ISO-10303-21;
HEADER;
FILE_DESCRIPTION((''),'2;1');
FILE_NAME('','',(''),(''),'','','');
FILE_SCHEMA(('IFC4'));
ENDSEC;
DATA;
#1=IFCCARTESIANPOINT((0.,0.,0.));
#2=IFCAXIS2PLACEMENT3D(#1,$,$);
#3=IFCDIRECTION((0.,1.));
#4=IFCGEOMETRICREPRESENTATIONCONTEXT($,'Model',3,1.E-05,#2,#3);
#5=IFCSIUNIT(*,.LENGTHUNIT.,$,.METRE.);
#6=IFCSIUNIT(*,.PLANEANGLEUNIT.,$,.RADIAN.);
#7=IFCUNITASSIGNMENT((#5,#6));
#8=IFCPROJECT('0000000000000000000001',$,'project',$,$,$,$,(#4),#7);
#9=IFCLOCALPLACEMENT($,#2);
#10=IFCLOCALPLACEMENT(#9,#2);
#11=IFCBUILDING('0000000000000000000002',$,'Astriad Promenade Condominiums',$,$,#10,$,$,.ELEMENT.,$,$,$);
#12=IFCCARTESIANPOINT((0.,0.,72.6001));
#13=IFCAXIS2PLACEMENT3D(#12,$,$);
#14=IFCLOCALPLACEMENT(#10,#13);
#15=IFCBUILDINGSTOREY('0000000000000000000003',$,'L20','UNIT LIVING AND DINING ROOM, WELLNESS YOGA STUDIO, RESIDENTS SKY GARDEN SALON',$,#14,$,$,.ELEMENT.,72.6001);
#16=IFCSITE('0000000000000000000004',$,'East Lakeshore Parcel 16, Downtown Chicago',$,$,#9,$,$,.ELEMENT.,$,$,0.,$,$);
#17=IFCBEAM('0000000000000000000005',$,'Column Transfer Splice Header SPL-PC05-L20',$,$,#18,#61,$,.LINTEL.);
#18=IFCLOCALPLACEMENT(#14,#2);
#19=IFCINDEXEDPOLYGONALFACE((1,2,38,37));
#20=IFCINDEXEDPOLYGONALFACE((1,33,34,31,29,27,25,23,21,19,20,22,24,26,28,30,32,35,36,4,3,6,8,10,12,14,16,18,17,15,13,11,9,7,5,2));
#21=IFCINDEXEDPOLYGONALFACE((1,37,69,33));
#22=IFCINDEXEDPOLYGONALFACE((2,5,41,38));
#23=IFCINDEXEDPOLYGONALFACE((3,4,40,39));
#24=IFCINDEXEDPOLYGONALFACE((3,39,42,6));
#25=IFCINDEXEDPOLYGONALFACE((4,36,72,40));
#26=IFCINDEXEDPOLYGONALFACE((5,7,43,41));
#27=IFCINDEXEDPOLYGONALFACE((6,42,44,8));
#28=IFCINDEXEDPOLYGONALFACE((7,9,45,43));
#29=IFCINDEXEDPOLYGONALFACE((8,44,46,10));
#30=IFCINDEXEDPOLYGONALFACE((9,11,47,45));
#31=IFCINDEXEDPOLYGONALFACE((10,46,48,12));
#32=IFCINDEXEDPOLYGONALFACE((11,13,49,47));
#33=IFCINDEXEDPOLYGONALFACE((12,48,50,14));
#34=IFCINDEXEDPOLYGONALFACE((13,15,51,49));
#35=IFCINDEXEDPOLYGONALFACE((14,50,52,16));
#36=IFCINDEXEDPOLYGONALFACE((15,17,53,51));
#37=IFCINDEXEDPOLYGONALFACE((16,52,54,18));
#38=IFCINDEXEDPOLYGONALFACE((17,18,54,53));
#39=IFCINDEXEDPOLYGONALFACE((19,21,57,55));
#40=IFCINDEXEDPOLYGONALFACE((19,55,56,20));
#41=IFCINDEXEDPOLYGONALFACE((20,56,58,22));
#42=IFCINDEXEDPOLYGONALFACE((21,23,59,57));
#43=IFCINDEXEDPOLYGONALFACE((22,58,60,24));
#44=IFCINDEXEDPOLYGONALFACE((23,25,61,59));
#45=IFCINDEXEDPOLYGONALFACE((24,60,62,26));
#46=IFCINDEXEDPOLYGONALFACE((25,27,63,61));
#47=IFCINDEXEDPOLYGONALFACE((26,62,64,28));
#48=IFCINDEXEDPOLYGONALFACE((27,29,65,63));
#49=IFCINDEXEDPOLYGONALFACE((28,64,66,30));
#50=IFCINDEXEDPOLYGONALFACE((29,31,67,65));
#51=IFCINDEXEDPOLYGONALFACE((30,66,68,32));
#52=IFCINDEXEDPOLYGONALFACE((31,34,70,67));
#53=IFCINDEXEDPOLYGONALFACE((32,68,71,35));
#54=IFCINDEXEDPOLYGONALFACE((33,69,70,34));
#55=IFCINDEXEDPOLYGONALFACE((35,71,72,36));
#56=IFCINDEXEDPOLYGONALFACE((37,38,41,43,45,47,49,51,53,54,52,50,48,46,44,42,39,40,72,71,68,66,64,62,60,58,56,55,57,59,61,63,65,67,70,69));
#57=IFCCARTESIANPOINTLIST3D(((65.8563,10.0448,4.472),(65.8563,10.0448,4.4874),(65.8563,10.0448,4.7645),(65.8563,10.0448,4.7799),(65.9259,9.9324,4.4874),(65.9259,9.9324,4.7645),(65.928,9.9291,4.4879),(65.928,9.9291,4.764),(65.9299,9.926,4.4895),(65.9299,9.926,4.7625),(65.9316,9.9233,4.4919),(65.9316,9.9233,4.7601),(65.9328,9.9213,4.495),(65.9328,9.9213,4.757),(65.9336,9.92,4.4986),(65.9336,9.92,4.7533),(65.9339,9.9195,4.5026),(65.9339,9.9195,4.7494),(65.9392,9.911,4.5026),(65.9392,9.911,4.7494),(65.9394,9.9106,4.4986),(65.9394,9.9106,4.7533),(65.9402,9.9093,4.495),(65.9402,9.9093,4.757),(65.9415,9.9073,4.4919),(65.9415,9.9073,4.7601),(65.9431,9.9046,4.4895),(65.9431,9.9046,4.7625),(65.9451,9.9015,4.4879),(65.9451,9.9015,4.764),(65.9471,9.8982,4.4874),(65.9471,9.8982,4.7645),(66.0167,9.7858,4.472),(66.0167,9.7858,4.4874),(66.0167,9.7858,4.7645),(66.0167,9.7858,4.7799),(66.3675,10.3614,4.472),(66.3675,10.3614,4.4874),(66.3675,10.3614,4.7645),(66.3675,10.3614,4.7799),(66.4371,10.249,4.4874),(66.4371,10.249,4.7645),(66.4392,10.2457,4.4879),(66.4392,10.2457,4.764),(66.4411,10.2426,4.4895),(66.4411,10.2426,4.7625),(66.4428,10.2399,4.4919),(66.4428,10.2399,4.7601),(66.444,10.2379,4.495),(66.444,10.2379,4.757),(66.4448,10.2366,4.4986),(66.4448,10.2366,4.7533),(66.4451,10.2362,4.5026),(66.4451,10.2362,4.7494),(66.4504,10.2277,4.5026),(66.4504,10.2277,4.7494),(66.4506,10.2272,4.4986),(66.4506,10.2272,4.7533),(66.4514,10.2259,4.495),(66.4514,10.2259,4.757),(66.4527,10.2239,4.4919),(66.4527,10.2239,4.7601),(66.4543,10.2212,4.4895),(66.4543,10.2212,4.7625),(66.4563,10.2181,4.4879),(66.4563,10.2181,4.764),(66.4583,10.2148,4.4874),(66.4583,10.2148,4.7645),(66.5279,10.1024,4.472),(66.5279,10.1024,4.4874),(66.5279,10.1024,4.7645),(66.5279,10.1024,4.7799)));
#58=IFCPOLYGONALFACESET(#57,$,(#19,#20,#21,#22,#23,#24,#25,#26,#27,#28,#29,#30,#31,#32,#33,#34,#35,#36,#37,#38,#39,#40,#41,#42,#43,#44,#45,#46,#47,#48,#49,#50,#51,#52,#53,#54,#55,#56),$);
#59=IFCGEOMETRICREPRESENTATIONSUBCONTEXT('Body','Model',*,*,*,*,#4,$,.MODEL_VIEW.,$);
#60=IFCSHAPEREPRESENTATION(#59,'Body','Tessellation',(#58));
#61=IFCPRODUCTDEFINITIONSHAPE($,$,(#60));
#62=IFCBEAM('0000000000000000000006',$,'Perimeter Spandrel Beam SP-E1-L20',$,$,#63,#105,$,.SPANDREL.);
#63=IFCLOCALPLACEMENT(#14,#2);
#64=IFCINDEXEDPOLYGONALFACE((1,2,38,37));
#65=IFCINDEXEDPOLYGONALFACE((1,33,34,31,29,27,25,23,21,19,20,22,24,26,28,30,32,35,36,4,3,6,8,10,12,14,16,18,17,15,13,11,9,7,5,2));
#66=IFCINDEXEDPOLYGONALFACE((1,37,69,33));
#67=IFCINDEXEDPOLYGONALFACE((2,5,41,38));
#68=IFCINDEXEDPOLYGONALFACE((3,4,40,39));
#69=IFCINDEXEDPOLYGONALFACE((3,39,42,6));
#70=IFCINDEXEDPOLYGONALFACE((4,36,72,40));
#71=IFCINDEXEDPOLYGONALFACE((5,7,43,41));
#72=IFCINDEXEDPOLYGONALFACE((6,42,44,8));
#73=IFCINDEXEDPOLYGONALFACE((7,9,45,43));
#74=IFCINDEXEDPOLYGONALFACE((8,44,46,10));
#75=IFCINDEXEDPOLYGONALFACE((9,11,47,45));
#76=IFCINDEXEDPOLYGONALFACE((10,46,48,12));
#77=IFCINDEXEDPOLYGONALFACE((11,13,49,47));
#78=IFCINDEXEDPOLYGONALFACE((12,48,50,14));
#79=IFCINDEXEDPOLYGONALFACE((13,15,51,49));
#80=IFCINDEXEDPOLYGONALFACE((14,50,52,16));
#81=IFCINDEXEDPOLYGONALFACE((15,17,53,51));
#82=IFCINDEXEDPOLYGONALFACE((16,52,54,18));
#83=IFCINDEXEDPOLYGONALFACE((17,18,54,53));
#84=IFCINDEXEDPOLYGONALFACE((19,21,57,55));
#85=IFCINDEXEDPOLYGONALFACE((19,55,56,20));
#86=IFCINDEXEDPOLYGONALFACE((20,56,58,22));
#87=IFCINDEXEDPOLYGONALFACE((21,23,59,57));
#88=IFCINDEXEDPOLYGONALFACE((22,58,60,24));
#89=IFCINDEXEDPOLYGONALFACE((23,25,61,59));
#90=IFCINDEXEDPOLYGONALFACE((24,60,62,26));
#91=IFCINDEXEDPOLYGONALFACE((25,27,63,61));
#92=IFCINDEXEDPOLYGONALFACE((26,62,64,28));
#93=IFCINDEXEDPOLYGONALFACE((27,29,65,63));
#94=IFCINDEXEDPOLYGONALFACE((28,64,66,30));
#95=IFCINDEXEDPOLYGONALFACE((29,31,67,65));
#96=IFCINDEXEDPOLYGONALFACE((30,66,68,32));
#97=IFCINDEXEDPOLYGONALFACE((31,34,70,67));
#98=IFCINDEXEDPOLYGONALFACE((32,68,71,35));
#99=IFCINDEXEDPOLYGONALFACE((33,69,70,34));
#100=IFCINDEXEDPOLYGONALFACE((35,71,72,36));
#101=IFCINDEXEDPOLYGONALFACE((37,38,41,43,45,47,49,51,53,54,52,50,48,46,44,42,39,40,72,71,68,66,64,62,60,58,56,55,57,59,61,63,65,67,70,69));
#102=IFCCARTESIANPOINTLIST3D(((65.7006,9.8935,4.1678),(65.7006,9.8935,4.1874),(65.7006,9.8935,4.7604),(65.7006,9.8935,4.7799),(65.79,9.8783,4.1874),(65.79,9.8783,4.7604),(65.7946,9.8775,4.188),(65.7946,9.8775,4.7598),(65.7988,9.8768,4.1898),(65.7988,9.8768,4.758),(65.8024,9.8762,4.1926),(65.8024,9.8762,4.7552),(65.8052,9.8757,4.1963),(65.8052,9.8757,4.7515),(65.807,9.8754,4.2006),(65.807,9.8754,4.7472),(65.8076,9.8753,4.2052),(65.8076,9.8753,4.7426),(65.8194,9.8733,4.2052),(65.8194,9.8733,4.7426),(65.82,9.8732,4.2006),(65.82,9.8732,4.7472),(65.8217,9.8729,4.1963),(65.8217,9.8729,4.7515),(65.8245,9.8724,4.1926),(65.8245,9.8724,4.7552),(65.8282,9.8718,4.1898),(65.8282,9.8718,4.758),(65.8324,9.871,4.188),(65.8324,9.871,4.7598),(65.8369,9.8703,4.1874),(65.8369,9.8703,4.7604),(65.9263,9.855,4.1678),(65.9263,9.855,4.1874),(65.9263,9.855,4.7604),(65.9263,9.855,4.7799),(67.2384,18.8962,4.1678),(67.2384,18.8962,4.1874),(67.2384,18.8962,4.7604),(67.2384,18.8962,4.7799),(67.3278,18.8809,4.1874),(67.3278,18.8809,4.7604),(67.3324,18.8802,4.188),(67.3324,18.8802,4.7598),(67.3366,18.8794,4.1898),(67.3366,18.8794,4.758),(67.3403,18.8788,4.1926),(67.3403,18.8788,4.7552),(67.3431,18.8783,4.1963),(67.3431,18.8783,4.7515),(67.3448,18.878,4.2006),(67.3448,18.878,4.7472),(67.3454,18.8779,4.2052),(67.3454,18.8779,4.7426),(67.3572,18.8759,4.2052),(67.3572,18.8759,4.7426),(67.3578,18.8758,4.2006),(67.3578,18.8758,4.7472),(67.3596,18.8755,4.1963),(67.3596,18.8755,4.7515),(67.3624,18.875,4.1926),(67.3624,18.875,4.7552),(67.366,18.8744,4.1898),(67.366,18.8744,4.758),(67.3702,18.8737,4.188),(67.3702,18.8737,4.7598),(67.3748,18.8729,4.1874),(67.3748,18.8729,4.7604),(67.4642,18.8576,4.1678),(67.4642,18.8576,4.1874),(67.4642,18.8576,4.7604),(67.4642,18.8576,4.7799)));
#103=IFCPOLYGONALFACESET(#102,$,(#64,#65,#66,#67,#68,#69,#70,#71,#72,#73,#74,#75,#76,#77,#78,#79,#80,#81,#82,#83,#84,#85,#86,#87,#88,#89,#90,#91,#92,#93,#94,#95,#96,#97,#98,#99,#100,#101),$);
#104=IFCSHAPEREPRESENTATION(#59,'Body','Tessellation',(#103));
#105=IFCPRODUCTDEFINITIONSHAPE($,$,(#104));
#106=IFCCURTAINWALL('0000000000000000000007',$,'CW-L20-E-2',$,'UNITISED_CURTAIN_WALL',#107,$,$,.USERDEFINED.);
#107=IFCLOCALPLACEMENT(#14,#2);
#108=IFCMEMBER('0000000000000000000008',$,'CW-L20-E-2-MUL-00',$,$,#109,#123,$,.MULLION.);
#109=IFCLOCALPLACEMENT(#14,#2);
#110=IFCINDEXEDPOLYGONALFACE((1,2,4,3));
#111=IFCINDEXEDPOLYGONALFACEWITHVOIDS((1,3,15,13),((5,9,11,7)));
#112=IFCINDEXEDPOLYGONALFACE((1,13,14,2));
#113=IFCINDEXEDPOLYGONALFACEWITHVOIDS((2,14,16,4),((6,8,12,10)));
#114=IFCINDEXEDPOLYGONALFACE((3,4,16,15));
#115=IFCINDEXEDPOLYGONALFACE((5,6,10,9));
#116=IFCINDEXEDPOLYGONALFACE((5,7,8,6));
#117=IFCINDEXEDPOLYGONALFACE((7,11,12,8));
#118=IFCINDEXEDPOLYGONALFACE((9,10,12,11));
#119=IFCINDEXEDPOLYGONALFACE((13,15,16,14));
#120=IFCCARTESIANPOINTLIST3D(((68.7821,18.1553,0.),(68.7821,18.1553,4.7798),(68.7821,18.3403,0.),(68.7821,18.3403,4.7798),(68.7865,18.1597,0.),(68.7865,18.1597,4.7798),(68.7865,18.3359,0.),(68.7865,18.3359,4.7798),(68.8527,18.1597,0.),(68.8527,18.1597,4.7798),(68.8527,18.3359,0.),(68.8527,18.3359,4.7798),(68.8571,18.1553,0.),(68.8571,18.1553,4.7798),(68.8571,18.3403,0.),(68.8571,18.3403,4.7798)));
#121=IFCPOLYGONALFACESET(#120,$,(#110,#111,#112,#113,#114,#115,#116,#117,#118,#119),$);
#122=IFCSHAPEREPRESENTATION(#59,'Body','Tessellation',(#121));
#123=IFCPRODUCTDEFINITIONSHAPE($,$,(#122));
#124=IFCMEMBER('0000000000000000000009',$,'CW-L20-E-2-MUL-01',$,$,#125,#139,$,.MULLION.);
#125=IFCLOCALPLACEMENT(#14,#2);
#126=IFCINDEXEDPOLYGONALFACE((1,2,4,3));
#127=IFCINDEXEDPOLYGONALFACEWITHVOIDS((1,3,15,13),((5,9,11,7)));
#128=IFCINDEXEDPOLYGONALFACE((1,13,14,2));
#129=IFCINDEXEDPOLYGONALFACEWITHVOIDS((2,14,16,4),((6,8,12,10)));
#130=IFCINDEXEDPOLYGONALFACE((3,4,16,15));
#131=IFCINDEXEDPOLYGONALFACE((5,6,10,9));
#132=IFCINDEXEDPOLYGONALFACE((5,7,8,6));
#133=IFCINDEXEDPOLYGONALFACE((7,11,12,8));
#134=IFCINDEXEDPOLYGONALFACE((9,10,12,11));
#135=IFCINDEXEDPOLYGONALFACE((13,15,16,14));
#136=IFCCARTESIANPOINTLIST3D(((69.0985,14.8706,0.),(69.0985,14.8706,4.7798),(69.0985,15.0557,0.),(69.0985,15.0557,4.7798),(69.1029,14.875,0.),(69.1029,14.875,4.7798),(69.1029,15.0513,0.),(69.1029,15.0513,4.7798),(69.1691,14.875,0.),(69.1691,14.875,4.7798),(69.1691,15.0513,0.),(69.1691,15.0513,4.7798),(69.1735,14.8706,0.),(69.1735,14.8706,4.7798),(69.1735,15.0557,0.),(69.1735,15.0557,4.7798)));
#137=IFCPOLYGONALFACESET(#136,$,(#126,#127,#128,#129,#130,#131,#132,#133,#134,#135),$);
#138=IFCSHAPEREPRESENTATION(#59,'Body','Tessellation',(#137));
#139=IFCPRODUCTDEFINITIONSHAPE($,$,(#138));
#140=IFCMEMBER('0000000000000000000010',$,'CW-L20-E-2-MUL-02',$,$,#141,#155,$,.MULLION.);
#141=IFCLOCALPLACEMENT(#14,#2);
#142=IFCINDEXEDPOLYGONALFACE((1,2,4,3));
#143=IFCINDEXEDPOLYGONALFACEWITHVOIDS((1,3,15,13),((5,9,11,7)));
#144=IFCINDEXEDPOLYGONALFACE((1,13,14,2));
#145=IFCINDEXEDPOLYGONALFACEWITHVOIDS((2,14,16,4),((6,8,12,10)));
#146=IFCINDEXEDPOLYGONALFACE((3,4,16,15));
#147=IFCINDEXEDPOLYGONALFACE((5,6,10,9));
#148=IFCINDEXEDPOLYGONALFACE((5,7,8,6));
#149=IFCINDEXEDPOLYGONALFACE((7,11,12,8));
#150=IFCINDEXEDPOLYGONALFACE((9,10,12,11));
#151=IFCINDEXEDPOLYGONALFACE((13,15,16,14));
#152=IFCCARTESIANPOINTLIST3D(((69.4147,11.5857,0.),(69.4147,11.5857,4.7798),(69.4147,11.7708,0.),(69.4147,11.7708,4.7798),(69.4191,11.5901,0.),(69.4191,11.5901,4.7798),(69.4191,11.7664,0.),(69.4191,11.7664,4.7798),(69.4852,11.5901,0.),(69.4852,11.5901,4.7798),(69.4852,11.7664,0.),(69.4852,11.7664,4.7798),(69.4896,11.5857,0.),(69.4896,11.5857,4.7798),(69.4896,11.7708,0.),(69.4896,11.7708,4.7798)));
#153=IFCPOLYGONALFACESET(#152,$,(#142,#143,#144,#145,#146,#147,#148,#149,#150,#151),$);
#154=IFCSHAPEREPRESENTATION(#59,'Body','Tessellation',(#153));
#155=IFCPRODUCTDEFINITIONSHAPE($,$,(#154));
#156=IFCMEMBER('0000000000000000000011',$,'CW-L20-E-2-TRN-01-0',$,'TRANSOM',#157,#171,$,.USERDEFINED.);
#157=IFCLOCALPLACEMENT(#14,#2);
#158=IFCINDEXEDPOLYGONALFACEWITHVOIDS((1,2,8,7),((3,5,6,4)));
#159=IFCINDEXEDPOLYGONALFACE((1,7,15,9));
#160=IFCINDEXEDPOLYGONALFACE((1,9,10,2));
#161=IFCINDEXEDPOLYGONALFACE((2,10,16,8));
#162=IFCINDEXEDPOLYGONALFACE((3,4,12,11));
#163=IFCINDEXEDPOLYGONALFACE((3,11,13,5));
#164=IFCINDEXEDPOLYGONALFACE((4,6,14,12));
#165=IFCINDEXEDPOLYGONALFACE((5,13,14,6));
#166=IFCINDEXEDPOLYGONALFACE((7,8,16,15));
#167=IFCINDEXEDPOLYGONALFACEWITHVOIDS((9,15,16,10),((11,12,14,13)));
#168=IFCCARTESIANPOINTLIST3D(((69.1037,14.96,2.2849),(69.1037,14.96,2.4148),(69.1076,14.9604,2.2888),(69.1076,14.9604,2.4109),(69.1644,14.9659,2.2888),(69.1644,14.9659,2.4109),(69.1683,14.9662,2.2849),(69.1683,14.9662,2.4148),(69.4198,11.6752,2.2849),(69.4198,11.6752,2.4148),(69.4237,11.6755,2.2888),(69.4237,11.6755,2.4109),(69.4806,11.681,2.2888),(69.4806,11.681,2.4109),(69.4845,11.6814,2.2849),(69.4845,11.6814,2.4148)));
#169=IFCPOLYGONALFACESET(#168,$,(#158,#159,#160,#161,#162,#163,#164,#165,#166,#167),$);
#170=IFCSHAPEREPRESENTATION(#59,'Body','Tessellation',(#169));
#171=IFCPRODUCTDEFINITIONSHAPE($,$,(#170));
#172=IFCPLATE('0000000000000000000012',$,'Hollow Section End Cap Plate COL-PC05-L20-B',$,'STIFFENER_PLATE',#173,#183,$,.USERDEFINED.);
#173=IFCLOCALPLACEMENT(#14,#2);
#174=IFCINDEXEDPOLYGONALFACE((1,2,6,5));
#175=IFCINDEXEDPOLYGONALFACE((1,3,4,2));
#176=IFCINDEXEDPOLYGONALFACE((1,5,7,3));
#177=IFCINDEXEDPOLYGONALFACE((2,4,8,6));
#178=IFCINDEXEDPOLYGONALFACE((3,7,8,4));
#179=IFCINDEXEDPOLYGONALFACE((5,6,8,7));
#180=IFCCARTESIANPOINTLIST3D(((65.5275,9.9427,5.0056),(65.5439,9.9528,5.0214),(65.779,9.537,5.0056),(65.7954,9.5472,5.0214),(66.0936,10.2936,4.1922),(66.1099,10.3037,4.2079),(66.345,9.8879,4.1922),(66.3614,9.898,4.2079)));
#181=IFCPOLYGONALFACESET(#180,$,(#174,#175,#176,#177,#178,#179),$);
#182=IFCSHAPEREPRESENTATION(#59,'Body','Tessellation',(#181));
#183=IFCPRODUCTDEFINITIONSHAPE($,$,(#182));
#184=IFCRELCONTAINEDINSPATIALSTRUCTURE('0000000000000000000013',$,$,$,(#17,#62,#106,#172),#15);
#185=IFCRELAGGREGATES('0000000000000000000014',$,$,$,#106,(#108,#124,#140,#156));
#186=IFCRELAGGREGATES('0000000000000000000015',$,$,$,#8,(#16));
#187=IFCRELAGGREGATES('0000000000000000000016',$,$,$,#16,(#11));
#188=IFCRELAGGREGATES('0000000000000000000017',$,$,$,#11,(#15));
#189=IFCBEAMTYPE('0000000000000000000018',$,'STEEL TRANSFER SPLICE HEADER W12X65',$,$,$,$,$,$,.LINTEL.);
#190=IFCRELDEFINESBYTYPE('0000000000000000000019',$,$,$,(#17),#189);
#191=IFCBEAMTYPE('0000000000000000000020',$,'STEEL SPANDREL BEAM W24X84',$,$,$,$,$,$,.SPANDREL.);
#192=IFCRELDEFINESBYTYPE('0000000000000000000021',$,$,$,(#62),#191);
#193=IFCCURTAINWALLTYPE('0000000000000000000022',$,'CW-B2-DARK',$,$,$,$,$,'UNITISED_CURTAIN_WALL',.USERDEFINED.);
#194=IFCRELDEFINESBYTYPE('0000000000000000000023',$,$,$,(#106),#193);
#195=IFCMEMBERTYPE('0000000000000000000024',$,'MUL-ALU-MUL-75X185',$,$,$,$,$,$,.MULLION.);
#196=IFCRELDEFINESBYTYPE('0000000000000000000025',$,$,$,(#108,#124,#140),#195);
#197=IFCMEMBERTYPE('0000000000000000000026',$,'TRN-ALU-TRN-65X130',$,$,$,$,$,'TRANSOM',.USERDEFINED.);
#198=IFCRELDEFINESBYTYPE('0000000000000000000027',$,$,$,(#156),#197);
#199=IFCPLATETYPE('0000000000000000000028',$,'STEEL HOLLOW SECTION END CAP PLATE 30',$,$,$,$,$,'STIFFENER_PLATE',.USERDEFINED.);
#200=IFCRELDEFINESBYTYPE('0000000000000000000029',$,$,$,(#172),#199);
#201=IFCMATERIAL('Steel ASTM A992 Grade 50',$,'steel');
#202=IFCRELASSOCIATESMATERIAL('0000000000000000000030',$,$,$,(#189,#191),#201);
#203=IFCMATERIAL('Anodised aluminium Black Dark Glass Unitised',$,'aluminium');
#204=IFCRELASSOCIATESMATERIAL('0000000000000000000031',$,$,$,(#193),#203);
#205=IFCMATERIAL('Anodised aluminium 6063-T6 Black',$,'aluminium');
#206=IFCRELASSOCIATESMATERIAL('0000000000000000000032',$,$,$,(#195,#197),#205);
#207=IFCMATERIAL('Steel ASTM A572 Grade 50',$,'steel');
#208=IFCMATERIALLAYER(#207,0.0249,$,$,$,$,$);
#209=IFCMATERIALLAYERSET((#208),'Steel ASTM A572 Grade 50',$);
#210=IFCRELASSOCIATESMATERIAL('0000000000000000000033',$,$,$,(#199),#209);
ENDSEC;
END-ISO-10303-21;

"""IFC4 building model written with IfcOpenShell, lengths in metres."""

from ifc_helpers import new_model, si_unit, direction, frame, origin, origin_2d, place, context, subcontext, project, spatial, rectangle, hollow_rectangle, i_section, extrude, source, transform, mapped, material, layer, layer_set, material_profile, profile_set, type_object, type_shapes, element, aggregate, save


model = new_model("IFC4")

# Units and contexts
model_context = context("Model", 3, precision=1e-05, world=origin(), true_north=direction((0.0, 1.0)))
body_context = subcontext(model_context, "Body", "Model", "MODEL_VIEW")
ifc_project = project(units=[si_unit("LENGTHUNIT", "METRE"), si_unit("PLANEANGLEUNIT", "RADIAN")], contexts=[model_context])

# Site, building, storey
site_placement = place(None, origin())
site = spatial("IfcSite", under=ifc_project, at=site_placement, Name="East Lakeshore Parcel 16, Downtown Chicago", CompositionType="ELEMENT", RefElevation=0.0)
building_placement = place(site_placement, origin())
building = spatial("IfcBuilding", under=site, at=building_placement, Name="Astriad Promenade Condominiums", CompositionType="ELEMENT")
storey_placement = place(building_placement, frame((0.0, 0.0, 72.6001)))
storey = spatial("IfcBuildingStorey", under=building, at=storey_placement, Name="L20", Description="UNIT LIVING AND DINING ROOM, WELLNESS YOGA STUDIO, RESIDENTS SKY GARDEN SALON", CompositionType="ELEMENT", Elevation=72.6001)

# Beams
ifc_material_1 = material(Name="Steel ASTM A992 Grade 50", Category="steel")
ifc_material_profile_1 = material_profile(ifc_material_1, i_section(OverallWidth=0.3047, OverallDepth=0.3079, WebThickness=0.01, FlangeThickness=0.0154, FilletRadius=0.0151, at=origin_2d()), Name="W12X65")
ifc_profile_set_1 = profile_set([ifc_material_profile_1], Name="Steel ASTM A992 Grade 50")
beam_type_1 = type_object("IfcBeamType", Name="STEEL TRANSFER SPLICE HEADER W12X65", PredefinedType="LINTEL", material=ifc_profile_set_1)
shared_shape_1 = source(origin(), body_context, "Body", "SweptSolid", [
    extrude(i_section(OverallWidth=0.3047, OverallDepth=0.3079, WebThickness=0.01, FlangeThickness=0.0154, FilletRadius=0.0151, at=origin_2d()), origin(), (0.0, 0.0, 1.0), 0.6013),
])
type_shapes(beam_type_1, [shared_shape_1])
beam_1_placement = place(storey_placement, frame((65.9365, 9.9153, 4.626), z_axis=(0.850135, 0.526564, 0.0), x_axis=(-0.526564, 0.850135, 0.0)))
element("IfcBeam", 1, at=beam_1_placement, inside=storey, type_object=beam_type_1, Name="Column Transfer Splice Header SPL-PC05-L20", PredefinedType="LINTEL", context=body_context, shape_type="MappedRepresentation", body=[
    mapped(shared_shape_1, transform((0.0, 0.0, 0.0), scale=1.0)),
])
ifc_material_profile_2 = material_profile(ifc_material_1, i_section(OverallWidth=0.229, OverallDepth=0.6121, WebThickness=0.012, FlangeThickness=0.0195, FilletRadius=0.0178, at=origin_2d()), Name="W24X84")
ifc_profile_set_2 = profile_set([ifc_material_profile_2], Name="Steel ASTM A992 Grade 50")
beam_type_2 = type_object("IfcBeamType", Name="STEEL SPANDREL BEAM W24X84", PredefinedType="SPANDREL", material=ifc_profile_set_2)
shared_shape_2 = source(origin(), body_context, "Body", "SweptSolid", [
    extrude(i_section(OverallWidth=0.229, OverallDepth=0.6121, WebThickness=0.012, FlangeThickness=0.0195, FilletRadius=0.0178, at=origin_2d()), origin(), (0.0, 0.0, 1.0), 9.1331),
])
type_shapes(beam_type_2, [shared_shape_2])
beam_2_placement = place(storey_placement, frame((65.8135, 9.8743, 4.4739), z_axis=(0.168381, 0.985722, 0.0), x_axis=(-0.985722, 0.168381, 0.0)))
element("IfcBeam", 2, at=beam_2_placement, inside=storey, type_object=beam_type_2, Name="Perimeter Spandrel Beam SP-E1-L20", PredefinedType="SPANDREL", context=body_context, shape_type="MappedRepresentation", body=[
    mapped(shared_shape_2, transform((0.0, 0.0, 0.0), scale=1.0)),
])

# Curtain wall, members
ifc_material_2 = material(Name="Anodised aluminium Black Dark Glass Unitised", Category="aluminium")
curtain_wall_type = type_object("IfcCurtainWallType", Name="CW-B2-DARK", ElementType="UNITISED_CURTAIN_WALL", PredefinedType="USERDEFINED", material=ifc_material_2)
curtain_wall_placement = place(storey_placement, origin())
curtain_wall = element("IfcCurtainWall", 3, at=curtain_wall_placement, inside=storey, type_object=curtain_wall_type, Name="CW-L20-E-2", ObjectType="UNITISED_CURTAIN_WALL", PredefinedType="USERDEFINED")
ifc_material_3 = material(Name="Anodised aluminium 6063-T6 Black", Category="aluminium")
ifc_material_profile_3 = material_profile(ifc_material_3, hollow_rectangle(XDim=0.075, YDim=0.1851, WallThickness=0.0044, at=origin_2d()), Name="ALU-MUL-75X185")
ifc_profile_set_3 = profile_set([ifc_material_profile_3], Name="Anodised aluminium 6063-T6 Black")
member_type_1 = type_object("IfcMemberType", Name="MUL-ALU-MUL-75X185", PredefinedType="MULLION", material=ifc_profile_set_3)
shared_shape_3 = source(origin(), body_context, "Body", "SweptSolid", [
    extrude(hollow_rectangle(XDim=0.075, YDim=0.1851, WallThickness=0.0044, at=origin_2d()), origin(), (0.0, 0.0, 1.0), 4.7798),
])
type_shapes(member_type_1, [shared_shape_3])
member_1_placement = place(storey_placement, frame((68.8196, 18.2478, 0.0), z_axis=(0.0, 0.0, 1.0), x_axis=(1.0, 0.0, 0.0)))
member_1 = element("IfcMember", 4, at=member_1_placement, type_object=member_type_1, Name="CW-L20-E-2-MUL-00", PredefinedType="MULLION", context=body_context, shape_type="MappedRepresentation", body=[
    mapped(shared_shape_3, transform((0.0, 0.0, 0.0), scale=1.0)),
])
member_2_placement = place(storey_placement, frame((69.136, 14.9631, 0.0), z_axis=(0.0, 0.0, 1.0), x_axis=(1.0, 0.0, 0.0)))
member_2 = element("IfcMember", 5, at=member_2_placement, type_object=member_type_1, Name="CW-L20-E-2-MUL-01", PredefinedType="MULLION", context=body_context, shape_type="MappedRepresentation", body=[
    mapped(shared_shape_3, transform((0.0, 0.0, 0.0), scale=1.0)),
])
member_3_placement = place(storey_placement, frame((69.4521, 11.6782, 0.0), z_axis=(0.0, 0.0, 1.0), x_axis=(1.0, 0.0, 0.0)))
member_3 = element("IfcMember", 6, at=member_3_placement, type_object=member_type_1, Name="CW-L20-E-2-MUL-02", PredefinedType="MULLION", context=body_context, shape_type="MappedRepresentation", body=[
    mapped(shared_shape_3, transform((0.0, 0.0, 0.0), scale=1.0)),
])
ifc_material_profile_4 = material_profile(ifc_material_3, hollow_rectangle(XDim=0.0649, YDim=0.1299, WallThickness=0.0039, at=origin_2d()), Name="ALU-TRN-65X130")
ifc_profile_set_4 = profile_set([ifc_material_profile_4], Name="Anodised aluminium 6063-T6 Black")
member_type_2 = type_object("IfcMemberType", Name="TRN-ALU-TRN-65X130", ElementType="TRANSOM", PredefinedType="USERDEFINED", material=ifc_profile_set_4)
shared_shape_4 = source(origin(), body_context, "Body", "SweptSolid", [
    extrude(hollow_rectangle(XDim=0.0649, YDim=0.1299, WallThickness=0.0039, at=origin_2d()), origin(), (0.0, 0.0, 1.0), 3.3),
])
type_shapes(member_type_2, [shared_shape_4])
member_4_placement = place(storey_placement, frame((69.136, 14.9631, 2.3499), z_axis=(0.095804, -0.9954, 0.0), x_axis=(0.9954, 0.095804, 0.0)))
member_4 = element("IfcMember", 7, at=member_4_placement, type_object=member_type_2, Name="CW-L20-E-2-TRN-01-0", ObjectType="TRANSOM", PredefinedType="USERDEFINED", context=body_context, shape_type="MappedRepresentation", body=[
    mapped(shared_shape_4, transform((0.0, 0.0, 0.0), scale=1.0)),
])

# Plate
ifc_material_4 = material(Name="Steel ASTM A572 Grade 50", Category="steel")
ifc_layer_1 = layer(ifc_material_4, 0.0249)
ifc_layer_set_1 = layer_set([ifc_layer_1], Name="Steel ASTM A572 Grade 50")
plate_type_1 = type_object("IfcPlateType", Name="STEEL HOLLOW SECTION END CAP PLATE 30", ElementType="STIFFENER_PLATE", PredefinedType="USERDEFINED", material=ifc_layer_set_1)
shared_shape_5 = source(origin(), body_context, "Body", "SweptSolid", [
    extrude(rectangle(XDim=0.4773, YDim=1.0513, at=origin_2d()), origin(), (0.0, 0.0, 1.0), 0.0249),
])
type_shapes(plate_type_1, [shared_shape_5])
plate_1_placement = place(storey_placement, frame((65.9363, 9.9153, 4.5989), z_axis=(0.657639, 0.407656, 0.633504), x_axis=(-0.526865, 0.849949, 0.0)))
element("IfcPlate", 8, at=plate_1_placement, inside=storey, type_object=plate_type_1, Name="Hollow Section End Cap Plate COL-PC05-L20-B", ObjectType="STIFFENER_PLATE", PredefinedType="USERDEFINED", context=body_context, shape_type="MappedRepresentation", body=[
    mapped(shared_shape_5, transform((0.0, 0.0, 0.0), scale=1.0)),
])
aggregate(curtain_wall, [member_1, member_2, member_3, member_4])

save(model, "model.ifc")
